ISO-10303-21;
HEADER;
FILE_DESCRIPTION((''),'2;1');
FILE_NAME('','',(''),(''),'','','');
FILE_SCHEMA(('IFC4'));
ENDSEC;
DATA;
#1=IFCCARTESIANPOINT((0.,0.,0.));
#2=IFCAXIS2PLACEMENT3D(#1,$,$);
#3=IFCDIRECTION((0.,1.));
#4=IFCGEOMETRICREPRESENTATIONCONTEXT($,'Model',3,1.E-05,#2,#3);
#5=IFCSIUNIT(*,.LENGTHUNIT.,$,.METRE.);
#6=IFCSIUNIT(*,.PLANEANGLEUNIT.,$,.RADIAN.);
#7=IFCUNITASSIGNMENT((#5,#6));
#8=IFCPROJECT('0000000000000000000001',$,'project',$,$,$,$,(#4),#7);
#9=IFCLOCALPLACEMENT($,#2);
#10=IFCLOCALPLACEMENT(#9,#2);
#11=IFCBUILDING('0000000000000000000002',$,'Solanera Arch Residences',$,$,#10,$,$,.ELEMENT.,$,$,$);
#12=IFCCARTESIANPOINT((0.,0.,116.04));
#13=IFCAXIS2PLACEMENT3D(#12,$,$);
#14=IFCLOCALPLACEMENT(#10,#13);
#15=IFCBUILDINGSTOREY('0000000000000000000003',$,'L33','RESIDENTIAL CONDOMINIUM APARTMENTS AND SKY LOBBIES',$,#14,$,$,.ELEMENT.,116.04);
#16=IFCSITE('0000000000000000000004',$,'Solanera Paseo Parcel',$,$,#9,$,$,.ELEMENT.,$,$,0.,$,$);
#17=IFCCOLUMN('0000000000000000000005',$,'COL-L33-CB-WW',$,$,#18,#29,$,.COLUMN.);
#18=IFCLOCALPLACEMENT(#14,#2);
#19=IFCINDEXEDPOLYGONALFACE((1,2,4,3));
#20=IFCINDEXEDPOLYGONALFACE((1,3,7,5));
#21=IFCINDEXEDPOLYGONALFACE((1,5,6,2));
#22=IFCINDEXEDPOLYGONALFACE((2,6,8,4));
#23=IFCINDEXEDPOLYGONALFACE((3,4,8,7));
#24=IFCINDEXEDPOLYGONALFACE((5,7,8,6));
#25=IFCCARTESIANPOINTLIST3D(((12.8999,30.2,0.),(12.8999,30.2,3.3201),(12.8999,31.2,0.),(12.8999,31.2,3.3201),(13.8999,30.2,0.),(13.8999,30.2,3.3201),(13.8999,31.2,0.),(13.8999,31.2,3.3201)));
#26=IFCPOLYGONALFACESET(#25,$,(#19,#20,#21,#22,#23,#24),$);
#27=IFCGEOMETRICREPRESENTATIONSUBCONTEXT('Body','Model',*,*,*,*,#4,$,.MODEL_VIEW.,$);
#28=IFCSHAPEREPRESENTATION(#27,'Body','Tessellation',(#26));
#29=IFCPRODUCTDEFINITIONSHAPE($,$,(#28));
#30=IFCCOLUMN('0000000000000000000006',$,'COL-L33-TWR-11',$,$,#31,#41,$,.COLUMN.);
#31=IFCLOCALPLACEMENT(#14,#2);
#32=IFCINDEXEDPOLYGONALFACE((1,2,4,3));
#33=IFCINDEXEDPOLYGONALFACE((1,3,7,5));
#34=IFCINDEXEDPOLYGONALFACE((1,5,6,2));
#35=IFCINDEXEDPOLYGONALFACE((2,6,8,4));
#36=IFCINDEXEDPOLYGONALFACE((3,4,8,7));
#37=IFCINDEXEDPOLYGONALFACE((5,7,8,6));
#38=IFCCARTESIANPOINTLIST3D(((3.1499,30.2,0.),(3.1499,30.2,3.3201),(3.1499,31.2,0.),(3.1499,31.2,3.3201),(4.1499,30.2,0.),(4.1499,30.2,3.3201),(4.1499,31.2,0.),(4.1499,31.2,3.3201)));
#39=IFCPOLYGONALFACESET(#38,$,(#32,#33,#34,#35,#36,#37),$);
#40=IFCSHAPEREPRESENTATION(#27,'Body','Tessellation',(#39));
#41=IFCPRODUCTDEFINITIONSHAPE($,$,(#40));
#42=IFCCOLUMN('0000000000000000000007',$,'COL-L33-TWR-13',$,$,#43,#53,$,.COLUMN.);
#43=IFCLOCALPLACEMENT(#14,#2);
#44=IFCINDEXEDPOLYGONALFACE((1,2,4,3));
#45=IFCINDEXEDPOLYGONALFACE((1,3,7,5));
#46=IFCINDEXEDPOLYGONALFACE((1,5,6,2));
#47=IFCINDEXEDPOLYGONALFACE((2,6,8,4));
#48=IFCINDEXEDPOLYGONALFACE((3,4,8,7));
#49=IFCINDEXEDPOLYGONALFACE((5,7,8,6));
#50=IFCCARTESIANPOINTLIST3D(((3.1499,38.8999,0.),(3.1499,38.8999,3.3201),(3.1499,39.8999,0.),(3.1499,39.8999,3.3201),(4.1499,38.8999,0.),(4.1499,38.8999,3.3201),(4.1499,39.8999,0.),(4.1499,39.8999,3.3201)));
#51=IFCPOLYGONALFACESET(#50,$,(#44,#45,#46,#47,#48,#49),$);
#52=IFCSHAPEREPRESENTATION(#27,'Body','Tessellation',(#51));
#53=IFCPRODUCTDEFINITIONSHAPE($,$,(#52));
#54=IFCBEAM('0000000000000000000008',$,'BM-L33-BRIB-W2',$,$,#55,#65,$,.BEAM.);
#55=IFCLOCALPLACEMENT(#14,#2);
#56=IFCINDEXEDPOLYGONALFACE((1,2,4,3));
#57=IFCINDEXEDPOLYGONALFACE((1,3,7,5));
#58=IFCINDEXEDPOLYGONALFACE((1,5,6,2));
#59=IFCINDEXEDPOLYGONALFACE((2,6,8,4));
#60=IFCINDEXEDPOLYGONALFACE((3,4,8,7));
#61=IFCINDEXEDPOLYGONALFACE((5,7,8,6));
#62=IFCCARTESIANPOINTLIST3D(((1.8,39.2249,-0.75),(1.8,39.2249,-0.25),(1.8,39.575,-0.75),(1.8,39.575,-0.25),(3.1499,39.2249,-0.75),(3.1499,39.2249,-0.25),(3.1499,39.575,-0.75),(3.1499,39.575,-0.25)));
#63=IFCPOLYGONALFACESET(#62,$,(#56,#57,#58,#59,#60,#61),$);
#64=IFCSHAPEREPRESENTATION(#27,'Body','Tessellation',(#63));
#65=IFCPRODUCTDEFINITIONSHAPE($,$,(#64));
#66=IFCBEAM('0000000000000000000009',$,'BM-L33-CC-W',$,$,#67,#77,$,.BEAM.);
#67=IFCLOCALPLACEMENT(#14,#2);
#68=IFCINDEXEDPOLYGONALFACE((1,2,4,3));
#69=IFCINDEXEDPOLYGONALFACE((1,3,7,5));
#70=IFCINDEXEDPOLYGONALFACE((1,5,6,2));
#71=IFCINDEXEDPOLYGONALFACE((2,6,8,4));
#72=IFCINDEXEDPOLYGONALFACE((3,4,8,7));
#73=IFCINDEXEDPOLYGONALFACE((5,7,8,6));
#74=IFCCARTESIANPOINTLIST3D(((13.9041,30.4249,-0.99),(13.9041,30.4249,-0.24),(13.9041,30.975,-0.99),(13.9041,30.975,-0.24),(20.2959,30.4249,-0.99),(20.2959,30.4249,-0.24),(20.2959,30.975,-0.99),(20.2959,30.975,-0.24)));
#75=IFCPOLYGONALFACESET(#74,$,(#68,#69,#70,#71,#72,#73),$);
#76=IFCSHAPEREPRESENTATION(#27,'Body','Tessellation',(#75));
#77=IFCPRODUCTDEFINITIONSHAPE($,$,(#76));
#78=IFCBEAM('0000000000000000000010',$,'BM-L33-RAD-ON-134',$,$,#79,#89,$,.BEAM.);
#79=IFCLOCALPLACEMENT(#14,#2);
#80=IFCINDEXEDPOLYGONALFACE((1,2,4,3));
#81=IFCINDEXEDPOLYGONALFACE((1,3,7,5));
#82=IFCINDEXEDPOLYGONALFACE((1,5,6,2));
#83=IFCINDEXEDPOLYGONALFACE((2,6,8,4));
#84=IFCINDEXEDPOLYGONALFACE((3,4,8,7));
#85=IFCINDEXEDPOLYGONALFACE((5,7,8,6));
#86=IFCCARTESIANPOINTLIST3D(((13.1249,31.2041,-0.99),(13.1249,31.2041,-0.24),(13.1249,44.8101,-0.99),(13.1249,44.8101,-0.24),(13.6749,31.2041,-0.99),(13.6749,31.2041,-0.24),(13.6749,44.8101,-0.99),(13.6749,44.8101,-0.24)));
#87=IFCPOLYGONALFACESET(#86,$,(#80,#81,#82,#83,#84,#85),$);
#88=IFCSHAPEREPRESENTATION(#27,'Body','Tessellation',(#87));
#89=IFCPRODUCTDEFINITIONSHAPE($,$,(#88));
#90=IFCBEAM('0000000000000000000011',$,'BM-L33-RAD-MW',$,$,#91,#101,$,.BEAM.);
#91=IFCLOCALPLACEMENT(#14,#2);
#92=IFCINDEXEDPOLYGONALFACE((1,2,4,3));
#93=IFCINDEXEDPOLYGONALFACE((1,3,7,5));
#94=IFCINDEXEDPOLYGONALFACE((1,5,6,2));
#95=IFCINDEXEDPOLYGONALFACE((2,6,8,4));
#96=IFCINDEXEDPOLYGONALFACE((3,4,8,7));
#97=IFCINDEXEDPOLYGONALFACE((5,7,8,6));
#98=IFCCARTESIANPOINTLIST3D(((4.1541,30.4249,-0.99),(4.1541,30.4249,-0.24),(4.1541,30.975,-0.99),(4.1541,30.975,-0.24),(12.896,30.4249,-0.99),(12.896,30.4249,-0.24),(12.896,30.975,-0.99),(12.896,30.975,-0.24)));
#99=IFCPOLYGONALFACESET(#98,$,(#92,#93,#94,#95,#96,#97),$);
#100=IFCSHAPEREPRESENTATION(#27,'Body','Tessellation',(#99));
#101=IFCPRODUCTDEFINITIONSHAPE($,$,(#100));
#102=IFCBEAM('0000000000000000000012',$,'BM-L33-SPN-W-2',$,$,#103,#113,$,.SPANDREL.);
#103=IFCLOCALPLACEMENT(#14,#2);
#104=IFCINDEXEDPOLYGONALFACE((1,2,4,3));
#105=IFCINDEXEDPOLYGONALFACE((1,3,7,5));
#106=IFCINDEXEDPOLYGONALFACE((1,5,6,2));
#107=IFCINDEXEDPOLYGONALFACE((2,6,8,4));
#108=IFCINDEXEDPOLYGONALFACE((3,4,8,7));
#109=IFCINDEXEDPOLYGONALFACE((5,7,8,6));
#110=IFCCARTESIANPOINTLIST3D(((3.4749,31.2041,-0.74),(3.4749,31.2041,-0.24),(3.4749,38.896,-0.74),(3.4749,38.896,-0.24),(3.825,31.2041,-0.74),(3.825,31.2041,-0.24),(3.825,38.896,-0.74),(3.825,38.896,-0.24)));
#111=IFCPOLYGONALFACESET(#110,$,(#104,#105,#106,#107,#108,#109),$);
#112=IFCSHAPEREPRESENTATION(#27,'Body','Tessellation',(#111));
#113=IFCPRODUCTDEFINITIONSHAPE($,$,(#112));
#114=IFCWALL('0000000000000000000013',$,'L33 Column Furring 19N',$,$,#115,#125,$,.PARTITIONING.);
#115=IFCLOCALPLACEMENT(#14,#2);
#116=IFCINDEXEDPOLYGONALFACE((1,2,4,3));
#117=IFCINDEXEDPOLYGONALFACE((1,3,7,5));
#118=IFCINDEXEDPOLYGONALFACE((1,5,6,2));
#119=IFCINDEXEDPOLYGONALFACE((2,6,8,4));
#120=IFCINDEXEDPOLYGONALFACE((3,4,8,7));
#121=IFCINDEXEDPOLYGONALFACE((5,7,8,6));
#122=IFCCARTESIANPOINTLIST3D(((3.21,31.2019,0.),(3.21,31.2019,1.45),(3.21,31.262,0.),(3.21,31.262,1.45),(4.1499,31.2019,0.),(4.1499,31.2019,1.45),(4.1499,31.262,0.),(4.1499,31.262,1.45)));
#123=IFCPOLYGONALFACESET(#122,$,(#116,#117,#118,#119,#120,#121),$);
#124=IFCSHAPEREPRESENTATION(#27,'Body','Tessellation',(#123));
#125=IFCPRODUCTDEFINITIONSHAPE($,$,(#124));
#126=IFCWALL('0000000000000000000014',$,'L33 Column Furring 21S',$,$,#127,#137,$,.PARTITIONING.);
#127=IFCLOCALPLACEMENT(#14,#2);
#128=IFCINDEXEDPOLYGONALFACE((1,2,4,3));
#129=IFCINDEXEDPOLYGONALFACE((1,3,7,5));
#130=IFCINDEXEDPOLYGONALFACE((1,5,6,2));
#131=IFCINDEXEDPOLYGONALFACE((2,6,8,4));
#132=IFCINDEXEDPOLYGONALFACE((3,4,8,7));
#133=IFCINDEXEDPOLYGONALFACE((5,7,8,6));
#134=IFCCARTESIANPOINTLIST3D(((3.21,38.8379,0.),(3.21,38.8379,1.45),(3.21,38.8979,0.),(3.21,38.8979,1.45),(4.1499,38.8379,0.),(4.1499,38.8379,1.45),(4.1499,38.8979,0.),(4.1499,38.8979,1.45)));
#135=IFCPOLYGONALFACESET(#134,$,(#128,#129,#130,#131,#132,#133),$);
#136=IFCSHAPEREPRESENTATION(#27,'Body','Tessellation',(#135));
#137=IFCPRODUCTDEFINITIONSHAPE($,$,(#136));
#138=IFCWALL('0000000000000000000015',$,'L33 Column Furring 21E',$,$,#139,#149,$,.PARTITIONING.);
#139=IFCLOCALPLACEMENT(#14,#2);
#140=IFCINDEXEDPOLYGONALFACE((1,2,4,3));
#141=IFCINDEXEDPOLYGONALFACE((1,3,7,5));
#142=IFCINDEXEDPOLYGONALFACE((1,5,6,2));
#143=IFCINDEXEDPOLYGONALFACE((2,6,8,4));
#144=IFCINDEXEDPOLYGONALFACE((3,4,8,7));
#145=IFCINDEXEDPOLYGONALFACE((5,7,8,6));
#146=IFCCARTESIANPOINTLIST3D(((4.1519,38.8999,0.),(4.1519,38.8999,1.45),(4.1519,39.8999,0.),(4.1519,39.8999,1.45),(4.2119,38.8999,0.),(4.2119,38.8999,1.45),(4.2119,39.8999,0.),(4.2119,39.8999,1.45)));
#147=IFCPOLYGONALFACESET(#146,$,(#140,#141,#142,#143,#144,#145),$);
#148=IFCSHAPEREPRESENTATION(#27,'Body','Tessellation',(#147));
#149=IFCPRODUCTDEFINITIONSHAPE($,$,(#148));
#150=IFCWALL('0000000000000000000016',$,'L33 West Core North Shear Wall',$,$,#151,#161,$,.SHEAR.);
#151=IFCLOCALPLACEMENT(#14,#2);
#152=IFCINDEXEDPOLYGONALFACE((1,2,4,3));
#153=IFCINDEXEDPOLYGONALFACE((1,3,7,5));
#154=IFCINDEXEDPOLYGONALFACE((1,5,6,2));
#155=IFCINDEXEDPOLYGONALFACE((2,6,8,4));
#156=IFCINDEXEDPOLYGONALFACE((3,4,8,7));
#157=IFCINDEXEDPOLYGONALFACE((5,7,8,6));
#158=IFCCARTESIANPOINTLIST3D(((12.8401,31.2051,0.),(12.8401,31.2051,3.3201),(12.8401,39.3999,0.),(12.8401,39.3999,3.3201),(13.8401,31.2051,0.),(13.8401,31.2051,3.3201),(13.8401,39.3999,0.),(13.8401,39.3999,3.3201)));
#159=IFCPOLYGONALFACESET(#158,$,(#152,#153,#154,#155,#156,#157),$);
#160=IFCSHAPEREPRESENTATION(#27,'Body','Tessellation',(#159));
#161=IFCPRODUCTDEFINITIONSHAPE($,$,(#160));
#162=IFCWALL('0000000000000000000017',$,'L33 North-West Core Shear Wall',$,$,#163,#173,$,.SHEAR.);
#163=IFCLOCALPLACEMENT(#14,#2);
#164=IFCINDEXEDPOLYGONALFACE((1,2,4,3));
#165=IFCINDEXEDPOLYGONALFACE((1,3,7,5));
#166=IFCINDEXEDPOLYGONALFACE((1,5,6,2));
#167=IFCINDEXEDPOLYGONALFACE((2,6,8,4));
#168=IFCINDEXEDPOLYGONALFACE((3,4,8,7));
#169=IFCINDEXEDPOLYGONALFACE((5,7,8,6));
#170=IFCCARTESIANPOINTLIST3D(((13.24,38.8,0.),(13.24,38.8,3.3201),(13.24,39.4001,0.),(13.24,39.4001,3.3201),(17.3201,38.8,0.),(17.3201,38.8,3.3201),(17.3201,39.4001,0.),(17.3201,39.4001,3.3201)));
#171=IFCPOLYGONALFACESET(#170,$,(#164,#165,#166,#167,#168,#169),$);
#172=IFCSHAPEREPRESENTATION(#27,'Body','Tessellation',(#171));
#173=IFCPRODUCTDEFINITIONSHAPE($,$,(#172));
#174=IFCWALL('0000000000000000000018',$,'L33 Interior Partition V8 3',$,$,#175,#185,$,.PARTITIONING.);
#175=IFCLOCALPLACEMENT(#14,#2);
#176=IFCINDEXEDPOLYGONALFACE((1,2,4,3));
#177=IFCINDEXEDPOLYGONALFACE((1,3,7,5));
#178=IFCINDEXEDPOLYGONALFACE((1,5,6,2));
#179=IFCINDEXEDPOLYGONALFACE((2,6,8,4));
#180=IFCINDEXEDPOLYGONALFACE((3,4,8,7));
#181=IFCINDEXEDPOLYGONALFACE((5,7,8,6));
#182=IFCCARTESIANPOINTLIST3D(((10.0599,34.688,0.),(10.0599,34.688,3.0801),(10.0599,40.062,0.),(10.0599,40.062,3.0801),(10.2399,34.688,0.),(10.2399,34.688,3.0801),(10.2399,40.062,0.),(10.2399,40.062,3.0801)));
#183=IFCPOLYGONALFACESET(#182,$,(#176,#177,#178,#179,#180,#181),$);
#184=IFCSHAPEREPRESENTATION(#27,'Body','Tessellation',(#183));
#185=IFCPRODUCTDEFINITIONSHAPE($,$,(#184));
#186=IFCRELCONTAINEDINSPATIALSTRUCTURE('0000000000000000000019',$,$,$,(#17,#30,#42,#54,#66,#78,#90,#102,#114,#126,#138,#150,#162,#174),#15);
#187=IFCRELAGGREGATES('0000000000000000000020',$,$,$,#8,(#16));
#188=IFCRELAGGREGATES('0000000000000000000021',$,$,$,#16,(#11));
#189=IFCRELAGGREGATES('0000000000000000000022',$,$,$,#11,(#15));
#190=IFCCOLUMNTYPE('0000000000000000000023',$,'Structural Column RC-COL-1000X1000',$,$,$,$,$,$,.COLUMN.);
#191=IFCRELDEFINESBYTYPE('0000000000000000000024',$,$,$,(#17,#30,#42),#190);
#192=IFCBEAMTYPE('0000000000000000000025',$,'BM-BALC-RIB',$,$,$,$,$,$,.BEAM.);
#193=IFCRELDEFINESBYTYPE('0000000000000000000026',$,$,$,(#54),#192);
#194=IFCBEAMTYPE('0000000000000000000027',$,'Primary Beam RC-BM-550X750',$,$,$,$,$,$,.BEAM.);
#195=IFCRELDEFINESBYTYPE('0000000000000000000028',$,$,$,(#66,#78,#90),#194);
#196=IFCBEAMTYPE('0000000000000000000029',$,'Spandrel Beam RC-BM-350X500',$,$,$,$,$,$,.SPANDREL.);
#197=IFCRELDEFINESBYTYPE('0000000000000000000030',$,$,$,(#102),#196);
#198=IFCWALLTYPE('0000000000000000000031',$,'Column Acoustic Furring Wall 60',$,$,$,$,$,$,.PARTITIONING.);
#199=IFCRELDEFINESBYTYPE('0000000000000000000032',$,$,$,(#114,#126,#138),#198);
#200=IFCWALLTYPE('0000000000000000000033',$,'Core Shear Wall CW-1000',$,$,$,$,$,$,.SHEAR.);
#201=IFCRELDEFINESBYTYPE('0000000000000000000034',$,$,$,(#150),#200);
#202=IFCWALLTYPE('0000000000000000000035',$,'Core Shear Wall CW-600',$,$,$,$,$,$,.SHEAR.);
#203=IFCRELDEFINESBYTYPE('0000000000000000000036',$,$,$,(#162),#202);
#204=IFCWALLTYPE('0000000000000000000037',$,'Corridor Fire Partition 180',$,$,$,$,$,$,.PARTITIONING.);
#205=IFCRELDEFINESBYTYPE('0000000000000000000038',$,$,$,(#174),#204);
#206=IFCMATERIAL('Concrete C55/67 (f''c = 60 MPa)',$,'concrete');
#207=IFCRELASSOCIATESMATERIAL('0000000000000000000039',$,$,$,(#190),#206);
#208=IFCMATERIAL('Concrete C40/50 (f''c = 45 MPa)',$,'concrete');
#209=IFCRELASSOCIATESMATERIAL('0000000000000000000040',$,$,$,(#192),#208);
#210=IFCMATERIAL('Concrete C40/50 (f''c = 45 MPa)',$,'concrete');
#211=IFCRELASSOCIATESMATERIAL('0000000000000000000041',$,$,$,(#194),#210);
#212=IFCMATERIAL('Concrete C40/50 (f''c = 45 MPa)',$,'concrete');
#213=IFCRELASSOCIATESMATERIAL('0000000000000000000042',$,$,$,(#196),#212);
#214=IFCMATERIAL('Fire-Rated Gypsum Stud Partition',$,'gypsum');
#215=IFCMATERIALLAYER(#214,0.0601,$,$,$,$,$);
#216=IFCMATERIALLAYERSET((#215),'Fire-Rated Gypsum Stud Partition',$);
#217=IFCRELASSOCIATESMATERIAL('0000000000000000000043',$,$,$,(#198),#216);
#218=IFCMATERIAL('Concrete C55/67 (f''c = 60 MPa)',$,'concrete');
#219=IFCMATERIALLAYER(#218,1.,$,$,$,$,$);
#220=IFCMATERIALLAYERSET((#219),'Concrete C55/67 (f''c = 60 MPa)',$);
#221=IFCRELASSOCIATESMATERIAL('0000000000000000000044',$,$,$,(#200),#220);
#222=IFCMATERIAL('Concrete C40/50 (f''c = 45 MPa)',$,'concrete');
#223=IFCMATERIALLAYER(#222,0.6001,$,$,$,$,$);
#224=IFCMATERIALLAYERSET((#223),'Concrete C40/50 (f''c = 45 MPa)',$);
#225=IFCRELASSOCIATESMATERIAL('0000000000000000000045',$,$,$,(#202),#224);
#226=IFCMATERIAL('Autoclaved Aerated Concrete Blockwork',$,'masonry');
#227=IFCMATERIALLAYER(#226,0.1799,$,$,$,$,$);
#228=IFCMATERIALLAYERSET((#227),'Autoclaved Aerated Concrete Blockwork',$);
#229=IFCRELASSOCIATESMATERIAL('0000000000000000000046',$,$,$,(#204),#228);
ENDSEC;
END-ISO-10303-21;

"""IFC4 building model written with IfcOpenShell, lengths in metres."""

from ifc_helpers import new_model, si_unit, direction, frame, frame_2d, origin, origin_2d, place, context, subcontext, project, spatial, rectangle, extrude, material, layer, layer_set, material_profile, profile_set, type_object, element, save


model = new_model("IFC4")

# Units and contexts
model_context = context("Model", 3, precision=1e-05, world=origin(), true_north=direction((0.0, 1.0)))
body_context = subcontext(model_context, "Body", "Model", "MODEL_VIEW")
ifc_project = project(units=[si_unit("LENGTHUNIT", "METRE"), si_unit("PLANEANGLEUNIT", "RADIAN")], contexts=[model_context])

# Site, building, storey
site_placement = place(None, origin())
site = spatial("IfcSite", under=ifc_project, at=site_placement, Name="Solanera Paseo Parcel", CompositionType="ELEMENT", RefElevation=0.0)
building_placement = place(site_placement, origin())
building = spatial("IfcBuilding", under=site, at=building_placement, Name="Solanera Arch Residences", CompositionType="ELEMENT")
storey_placement = place(building_placement, frame((0.0, 0.0, 116.04)))
storey = spatial("IfcBuildingStorey", under=building, at=storey_placement, Name="L33", Description="RESIDENTIAL CONDOMINIUM APARTMENTS AND SKY LOBBIES", CompositionType="ELEMENT", Elevation=116.04)

# Columns
ifc_material_1 = material(Name="Concrete C55/67 (f'c = 60 MPa)", Category="concrete")
ifc_material_profile_1 = material_profile(ifc_material_1, rectangle(XDim=1.0, YDim=1.0, at=origin_2d()))
ifc_profile_set_1 = profile_set([ifc_material_profile_1], Name="Concrete C55/67 (f'c = 60 MPa)")
column_type = type_object("IfcColumnType", Name="Structural Column RC-COL-1000X1000", PredefinedType="COLUMN", material=ifc_profile_set_1)
for number, where, z_axis, x_axis, name in (
    (1, (13.3999, 30.7, 0.0), (0.0, 0.0, 1.0), (1.0, 0.0, 0.0), "COL-L33-CB-WW"),
    (2, (3.6499, 30.7, 0.0), (0.0, 0.0, 1.0), (1.0, 0.0, 0.0), "COL-L33-TWR-11"),
    (3, (3.6499, 39.3999, 0.0), (0.0, 0.0, 1.0), (1.0, 0.0, 0.0), "COL-L33-TWR-13"),
):
    element("IfcColumn", number, at=place(storey_placement, frame(where, z_axis=z_axis, x_axis=x_axis)), inside=storey, type_object=column_type, Name=name, PredefinedType="COLUMN", context=body_context, shape_type="SweptSolid", body=[
        extrude(rectangle(XDim=1.0, YDim=1.0, at=origin_2d()), origin(), (0.0, 0.0, 1.0), 3.3201),
    ])

# Beams
ifc_material_2 = material(Name="Concrete C40/50 (f'c = 45 MPa)", Category="concrete")
ifc_material_profile_2 = material_profile(ifc_material_2, rectangle(XDim=0.3501, YDim=0.5, at=origin_2d()))
ifc_profile_set_2 = profile_set([ifc_material_profile_2], Name="Concrete C40/50 (f'c = 45 MPa)")
beam_type_1 = type_object("IfcBeamType", Name="BM-BALC-RIB", PredefinedType="BEAM", material=ifc_profile_set_2)
beam_1_placement = place(storey_placement, frame((1.8, 39.3999, -0.5), z_axis=(1.0, 0.0, 0.0), x_axis=(0.0, 1.0, 0.0)))
element("IfcBeam", 4, at=beam_1_placement, inside=storey, type_object=beam_type_1, Name="BM-L33-BRIB-W2", PredefinedType="BEAM", context=body_context, shape_type="SweptSolid", body=[
    extrude(rectangle(XDim=0.3501, YDim=0.5, at=origin_2d()), origin(), (0.0, 0.0, 1.0), 1.3499),
])
ifc_material_3 = material(Name="Concrete C40/50 (f'c = 45 MPa)", Category="concrete")
ifc_material_profile_3 = material_profile(ifc_material_3, rectangle(XDim=0.55, YDim=0.75, at=origin_2d()))
ifc_profile_set_3 = profile_set([ifc_material_profile_3], Name="Concrete C40/50 (f'c = 45 MPa)")
beam_type_2 = type_object("IfcBeamType", Name="Primary Beam RC-BM-550X750", PredefinedType="BEAM", material=ifc_profile_set_3)
beam_2_placement = place(storey_placement, frame((13.9041, 30.7, -0.615), z_axis=(1.0, 0.0, 0.0), x_axis=(0.0, 1.0, 0.0)))
element("IfcBeam", 5, at=beam_2_placement, inside=storey, type_object=beam_type_2, Name="BM-L33-CC-W", PredefinedType="BEAM", context=body_context, shape_type="SweptSolid", body=[
    extrude(rectangle(XDim=0.55, YDim=0.75, at=origin_2d()), origin(), (0.0, 0.0, 1.0), 6.3918),
])
beam_3_placement = place(storey_placement, frame((13.3999, 31.2041, -0.615), z_axis=(0.0, 1.0, 0.0), x_axis=(-1.0, 0.0, 0.0)))
element("IfcBeam", 6, at=beam_3_placement, inside=storey, type_object=beam_type_2, Name="BM-L33-RAD-ON-134", PredefinedType="BEAM", context=body_context, shape_type="SweptSolid", body=[
    extrude(rectangle(XDim=0.55, YDim=0.75, at=origin_2d()), origin(), (0.0, 0.0, 1.0), 13.606),
])
beam_4_placement = place(storey_placement, frame((4.1541, 30.7, -0.615), z_axis=(1.0, 0.0, 0.0), x_axis=(0.0, 1.0, 0.0)))
element("IfcBeam", 7, at=beam_4_placement, inside=storey, type_object=beam_type_2, Name="BM-L33-RAD-MW", PredefinedType="BEAM", context=body_context, shape_type="SweptSolid", body=[
    extrude(rectangle(XDim=0.55, YDim=0.75, at=origin_2d()), origin(), (0.0, 0.0, 1.0), 8.7419),
])
ifc_material_4 = material(Name="Concrete C40/50 (f'c = 45 MPa)", Category="concrete")
ifc_material_profile_4 = material_profile(ifc_material_4, rectangle(XDim=0.3501, YDim=0.5, at=origin_2d()))
ifc_profile_set_4 = profile_set([ifc_material_profile_4], Name="Concrete C40/50 (f'c = 45 MPa)")
beam_type_3 = type_object("IfcBeamType", Name="Spandrel Beam RC-BM-350X500", PredefinedType="SPANDREL", material=ifc_profile_set_4)
beam_5_placement = place(storey_placement, frame((3.6499, 31.2041, -0.49), z_axis=(0.0, 1.0, 0.0), x_axis=(-1.0, 0.0, 0.0)))
element("IfcBeam", 8, at=beam_5_placement, inside=storey, type_object=beam_type_3, Name="BM-L33-SPN-W-2", PredefinedType="SPANDREL", context=body_context, shape_type="SweptSolid", body=[
    extrude(rectangle(XDim=0.3501, YDim=0.5, at=origin_2d()), origin(), (0.0, 0.0, 1.0), 7.6919),
])

# Walls
ifc_material_5 = material(Name="Fire-Rated Gypsum Stud Partition", Category="gypsum")
ifc_layer_1 = layer(ifc_material_5, 0.0601)
ifc_layer_set_1 = layer_set([ifc_layer_1], Name="Fire-Rated Gypsum Stud Partition")
wall_type_1 = type_object("IfcWallType", Name="Column Acoustic Furring Wall 60", PredefinedType="PARTITIONING", material=ifc_layer_set_1)
for number, where, z_axis, x_axis, name in (
    (9, (3.21, 31.2319, 0.0), (0.0, 0.0, 1.0), (1.0, 0.0, 0.0), "L33 Column Furring 19N"),
    (10, (3.21, 38.8679, 0.0), (0.0, 0.0, 1.0), (1.0, 0.0, 0.0), "L33 Column Furring 21S"),
):
    element("IfcWall", number, at=place(storey_placement, frame(where, z_axis=z_axis, x_axis=x_axis)), inside=storey, type_object=wall_type_1, Name=name, PredefinedType="PARTITIONING", context=body_context, shape_type="SweptSolid", body=[
        extrude(rectangle(XDim=0.9399, YDim=0.0601, at=frame_2d((0.47, 0.0))), origin(), (0.0, 0.0, 1.0), 1.45),
    ])
wall_1_placement = place(storey_placement, frame((4.1819, 38.8999, 0.0), z_axis=(0.0, 0.0, 1.0), x_axis=(0.0, 1.0, 0.0)))
element("IfcWall", 11, at=wall_1_placement, inside=storey, type_object=wall_type_1, Name="L33 Column Furring 21E", PredefinedType="PARTITIONING", context=body_context, shape_type="SweptSolid", body=[
    extrude(rectangle(XDim=1.0, YDim=0.0601, at=frame_2d((0.5, 0.0))), origin(), (0.0, 0.0, 1.0), 1.45),
])
ifc_material_6 = material(Name="Concrete C55/67 (f'c = 60 MPa)", Category="concrete")
ifc_layer_2 = layer(ifc_material_6, 1.0)
ifc_layer_set_2 = layer_set([ifc_layer_2], Name="Concrete C55/67 (f'c = 60 MPa)")
wall_type_2 = type_object("IfcWallType", Name="Core Shear Wall CW-1000", PredefinedType="SHEAR", material=ifc_layer_set_2)
wall_2_placement = place(storey_placement, frame((13.3401, 31.2051, 0.0), z_axis=(0.0, 0.0, 1.0), x_axis=(0.0, 1.0, 0.0)))
element("IfcWall", 12, at=wall_2_placement, inside=storey, type_object=wall_type_2, Name="L33 West Core North Shear Wall", PredefinedType="SHEAR", context=body_context, shape_type="SweptSolid", body=[
    extrude(rectangle(XDim=8.1948, YDim=1.0, at=frame_2d((4.0974, 0.0))), origin(), (0.0, 0.0, 1.0), 3.3201),
])
ifc_material_7 = material(Name="Concrete C40/50 (f'c = 45 MPa)", Category="concrete")
ifc_layer_3 = layer(ifc_material_7, 0.6001)
ifc_layer_set_3 = layer_set([ifc_layer_3], Name="Concrete C40/50 (f'c = 45 MPa)")
wall_type_3 = type_object("IfcWallType", Name="Core Shear Wall CW-600", PredefinedType="SHEAR", material=ifc_layer_set_3)
wall_3_placement = place(storey_placement, frame((13.24, 39.1001, 0.0), z_axis=(0.0, 0.0, 1.0), x_axis=(1.0, 0.0, 0.0)))
element("IfcWall", 13, at=wall_3_placement, inside=storey, type_object=wall_type_3, Name="L33 North-West Core Shear Wall", PredefinedType="SHEAR", context=body_context, shape_type="SweptSolid", body=[
    extrude(rectangle(XDim=4.0801, YDim=0.6001, at=frame_2d((2.04, 0.0))), origin(), (0.0, 0.0, 1.0), 3.3201),
])
ifc_material_8 = material(Name="Autoclaved Aerated Concrete Blockwork", Category="masonry")
ifc_layer_4 = layer(ifc_material_8, 0.1799)
ifc_layer_set_4 = layer_set([ifc_layer_4], Name="Autoclaved Aerated Concrete Blockwork")
wall_type_4 = type_object("IfcWallType", Name="Corridor Fire Partition 180", PredefinedType="PARTITIONING", material=ifc_layer_set_4)
wall_4_placement = place(storey_placement, frame((10.1499, 34.688, 0.0), z_axis=(0.0, 0.0, 1.0), x_axis=(0.0, 1.0, 0.0)))
element("IfcWall", 14, at=wall_4_placement, inside=storey, type_object=wall_type_4, Name="L33 Interior Partition V8 3", PredefinedType="PARTITIONING", context=body_context, shape_type="SweptSolid", body=[
    extrude(rectangle(XDim=5.374, YDim=0.1799, at=frame_2d((2.687, 0.0))), origin(), (0.0, 0.0, 1.0), 3.0801),
])

save(model, "model.ifc")
